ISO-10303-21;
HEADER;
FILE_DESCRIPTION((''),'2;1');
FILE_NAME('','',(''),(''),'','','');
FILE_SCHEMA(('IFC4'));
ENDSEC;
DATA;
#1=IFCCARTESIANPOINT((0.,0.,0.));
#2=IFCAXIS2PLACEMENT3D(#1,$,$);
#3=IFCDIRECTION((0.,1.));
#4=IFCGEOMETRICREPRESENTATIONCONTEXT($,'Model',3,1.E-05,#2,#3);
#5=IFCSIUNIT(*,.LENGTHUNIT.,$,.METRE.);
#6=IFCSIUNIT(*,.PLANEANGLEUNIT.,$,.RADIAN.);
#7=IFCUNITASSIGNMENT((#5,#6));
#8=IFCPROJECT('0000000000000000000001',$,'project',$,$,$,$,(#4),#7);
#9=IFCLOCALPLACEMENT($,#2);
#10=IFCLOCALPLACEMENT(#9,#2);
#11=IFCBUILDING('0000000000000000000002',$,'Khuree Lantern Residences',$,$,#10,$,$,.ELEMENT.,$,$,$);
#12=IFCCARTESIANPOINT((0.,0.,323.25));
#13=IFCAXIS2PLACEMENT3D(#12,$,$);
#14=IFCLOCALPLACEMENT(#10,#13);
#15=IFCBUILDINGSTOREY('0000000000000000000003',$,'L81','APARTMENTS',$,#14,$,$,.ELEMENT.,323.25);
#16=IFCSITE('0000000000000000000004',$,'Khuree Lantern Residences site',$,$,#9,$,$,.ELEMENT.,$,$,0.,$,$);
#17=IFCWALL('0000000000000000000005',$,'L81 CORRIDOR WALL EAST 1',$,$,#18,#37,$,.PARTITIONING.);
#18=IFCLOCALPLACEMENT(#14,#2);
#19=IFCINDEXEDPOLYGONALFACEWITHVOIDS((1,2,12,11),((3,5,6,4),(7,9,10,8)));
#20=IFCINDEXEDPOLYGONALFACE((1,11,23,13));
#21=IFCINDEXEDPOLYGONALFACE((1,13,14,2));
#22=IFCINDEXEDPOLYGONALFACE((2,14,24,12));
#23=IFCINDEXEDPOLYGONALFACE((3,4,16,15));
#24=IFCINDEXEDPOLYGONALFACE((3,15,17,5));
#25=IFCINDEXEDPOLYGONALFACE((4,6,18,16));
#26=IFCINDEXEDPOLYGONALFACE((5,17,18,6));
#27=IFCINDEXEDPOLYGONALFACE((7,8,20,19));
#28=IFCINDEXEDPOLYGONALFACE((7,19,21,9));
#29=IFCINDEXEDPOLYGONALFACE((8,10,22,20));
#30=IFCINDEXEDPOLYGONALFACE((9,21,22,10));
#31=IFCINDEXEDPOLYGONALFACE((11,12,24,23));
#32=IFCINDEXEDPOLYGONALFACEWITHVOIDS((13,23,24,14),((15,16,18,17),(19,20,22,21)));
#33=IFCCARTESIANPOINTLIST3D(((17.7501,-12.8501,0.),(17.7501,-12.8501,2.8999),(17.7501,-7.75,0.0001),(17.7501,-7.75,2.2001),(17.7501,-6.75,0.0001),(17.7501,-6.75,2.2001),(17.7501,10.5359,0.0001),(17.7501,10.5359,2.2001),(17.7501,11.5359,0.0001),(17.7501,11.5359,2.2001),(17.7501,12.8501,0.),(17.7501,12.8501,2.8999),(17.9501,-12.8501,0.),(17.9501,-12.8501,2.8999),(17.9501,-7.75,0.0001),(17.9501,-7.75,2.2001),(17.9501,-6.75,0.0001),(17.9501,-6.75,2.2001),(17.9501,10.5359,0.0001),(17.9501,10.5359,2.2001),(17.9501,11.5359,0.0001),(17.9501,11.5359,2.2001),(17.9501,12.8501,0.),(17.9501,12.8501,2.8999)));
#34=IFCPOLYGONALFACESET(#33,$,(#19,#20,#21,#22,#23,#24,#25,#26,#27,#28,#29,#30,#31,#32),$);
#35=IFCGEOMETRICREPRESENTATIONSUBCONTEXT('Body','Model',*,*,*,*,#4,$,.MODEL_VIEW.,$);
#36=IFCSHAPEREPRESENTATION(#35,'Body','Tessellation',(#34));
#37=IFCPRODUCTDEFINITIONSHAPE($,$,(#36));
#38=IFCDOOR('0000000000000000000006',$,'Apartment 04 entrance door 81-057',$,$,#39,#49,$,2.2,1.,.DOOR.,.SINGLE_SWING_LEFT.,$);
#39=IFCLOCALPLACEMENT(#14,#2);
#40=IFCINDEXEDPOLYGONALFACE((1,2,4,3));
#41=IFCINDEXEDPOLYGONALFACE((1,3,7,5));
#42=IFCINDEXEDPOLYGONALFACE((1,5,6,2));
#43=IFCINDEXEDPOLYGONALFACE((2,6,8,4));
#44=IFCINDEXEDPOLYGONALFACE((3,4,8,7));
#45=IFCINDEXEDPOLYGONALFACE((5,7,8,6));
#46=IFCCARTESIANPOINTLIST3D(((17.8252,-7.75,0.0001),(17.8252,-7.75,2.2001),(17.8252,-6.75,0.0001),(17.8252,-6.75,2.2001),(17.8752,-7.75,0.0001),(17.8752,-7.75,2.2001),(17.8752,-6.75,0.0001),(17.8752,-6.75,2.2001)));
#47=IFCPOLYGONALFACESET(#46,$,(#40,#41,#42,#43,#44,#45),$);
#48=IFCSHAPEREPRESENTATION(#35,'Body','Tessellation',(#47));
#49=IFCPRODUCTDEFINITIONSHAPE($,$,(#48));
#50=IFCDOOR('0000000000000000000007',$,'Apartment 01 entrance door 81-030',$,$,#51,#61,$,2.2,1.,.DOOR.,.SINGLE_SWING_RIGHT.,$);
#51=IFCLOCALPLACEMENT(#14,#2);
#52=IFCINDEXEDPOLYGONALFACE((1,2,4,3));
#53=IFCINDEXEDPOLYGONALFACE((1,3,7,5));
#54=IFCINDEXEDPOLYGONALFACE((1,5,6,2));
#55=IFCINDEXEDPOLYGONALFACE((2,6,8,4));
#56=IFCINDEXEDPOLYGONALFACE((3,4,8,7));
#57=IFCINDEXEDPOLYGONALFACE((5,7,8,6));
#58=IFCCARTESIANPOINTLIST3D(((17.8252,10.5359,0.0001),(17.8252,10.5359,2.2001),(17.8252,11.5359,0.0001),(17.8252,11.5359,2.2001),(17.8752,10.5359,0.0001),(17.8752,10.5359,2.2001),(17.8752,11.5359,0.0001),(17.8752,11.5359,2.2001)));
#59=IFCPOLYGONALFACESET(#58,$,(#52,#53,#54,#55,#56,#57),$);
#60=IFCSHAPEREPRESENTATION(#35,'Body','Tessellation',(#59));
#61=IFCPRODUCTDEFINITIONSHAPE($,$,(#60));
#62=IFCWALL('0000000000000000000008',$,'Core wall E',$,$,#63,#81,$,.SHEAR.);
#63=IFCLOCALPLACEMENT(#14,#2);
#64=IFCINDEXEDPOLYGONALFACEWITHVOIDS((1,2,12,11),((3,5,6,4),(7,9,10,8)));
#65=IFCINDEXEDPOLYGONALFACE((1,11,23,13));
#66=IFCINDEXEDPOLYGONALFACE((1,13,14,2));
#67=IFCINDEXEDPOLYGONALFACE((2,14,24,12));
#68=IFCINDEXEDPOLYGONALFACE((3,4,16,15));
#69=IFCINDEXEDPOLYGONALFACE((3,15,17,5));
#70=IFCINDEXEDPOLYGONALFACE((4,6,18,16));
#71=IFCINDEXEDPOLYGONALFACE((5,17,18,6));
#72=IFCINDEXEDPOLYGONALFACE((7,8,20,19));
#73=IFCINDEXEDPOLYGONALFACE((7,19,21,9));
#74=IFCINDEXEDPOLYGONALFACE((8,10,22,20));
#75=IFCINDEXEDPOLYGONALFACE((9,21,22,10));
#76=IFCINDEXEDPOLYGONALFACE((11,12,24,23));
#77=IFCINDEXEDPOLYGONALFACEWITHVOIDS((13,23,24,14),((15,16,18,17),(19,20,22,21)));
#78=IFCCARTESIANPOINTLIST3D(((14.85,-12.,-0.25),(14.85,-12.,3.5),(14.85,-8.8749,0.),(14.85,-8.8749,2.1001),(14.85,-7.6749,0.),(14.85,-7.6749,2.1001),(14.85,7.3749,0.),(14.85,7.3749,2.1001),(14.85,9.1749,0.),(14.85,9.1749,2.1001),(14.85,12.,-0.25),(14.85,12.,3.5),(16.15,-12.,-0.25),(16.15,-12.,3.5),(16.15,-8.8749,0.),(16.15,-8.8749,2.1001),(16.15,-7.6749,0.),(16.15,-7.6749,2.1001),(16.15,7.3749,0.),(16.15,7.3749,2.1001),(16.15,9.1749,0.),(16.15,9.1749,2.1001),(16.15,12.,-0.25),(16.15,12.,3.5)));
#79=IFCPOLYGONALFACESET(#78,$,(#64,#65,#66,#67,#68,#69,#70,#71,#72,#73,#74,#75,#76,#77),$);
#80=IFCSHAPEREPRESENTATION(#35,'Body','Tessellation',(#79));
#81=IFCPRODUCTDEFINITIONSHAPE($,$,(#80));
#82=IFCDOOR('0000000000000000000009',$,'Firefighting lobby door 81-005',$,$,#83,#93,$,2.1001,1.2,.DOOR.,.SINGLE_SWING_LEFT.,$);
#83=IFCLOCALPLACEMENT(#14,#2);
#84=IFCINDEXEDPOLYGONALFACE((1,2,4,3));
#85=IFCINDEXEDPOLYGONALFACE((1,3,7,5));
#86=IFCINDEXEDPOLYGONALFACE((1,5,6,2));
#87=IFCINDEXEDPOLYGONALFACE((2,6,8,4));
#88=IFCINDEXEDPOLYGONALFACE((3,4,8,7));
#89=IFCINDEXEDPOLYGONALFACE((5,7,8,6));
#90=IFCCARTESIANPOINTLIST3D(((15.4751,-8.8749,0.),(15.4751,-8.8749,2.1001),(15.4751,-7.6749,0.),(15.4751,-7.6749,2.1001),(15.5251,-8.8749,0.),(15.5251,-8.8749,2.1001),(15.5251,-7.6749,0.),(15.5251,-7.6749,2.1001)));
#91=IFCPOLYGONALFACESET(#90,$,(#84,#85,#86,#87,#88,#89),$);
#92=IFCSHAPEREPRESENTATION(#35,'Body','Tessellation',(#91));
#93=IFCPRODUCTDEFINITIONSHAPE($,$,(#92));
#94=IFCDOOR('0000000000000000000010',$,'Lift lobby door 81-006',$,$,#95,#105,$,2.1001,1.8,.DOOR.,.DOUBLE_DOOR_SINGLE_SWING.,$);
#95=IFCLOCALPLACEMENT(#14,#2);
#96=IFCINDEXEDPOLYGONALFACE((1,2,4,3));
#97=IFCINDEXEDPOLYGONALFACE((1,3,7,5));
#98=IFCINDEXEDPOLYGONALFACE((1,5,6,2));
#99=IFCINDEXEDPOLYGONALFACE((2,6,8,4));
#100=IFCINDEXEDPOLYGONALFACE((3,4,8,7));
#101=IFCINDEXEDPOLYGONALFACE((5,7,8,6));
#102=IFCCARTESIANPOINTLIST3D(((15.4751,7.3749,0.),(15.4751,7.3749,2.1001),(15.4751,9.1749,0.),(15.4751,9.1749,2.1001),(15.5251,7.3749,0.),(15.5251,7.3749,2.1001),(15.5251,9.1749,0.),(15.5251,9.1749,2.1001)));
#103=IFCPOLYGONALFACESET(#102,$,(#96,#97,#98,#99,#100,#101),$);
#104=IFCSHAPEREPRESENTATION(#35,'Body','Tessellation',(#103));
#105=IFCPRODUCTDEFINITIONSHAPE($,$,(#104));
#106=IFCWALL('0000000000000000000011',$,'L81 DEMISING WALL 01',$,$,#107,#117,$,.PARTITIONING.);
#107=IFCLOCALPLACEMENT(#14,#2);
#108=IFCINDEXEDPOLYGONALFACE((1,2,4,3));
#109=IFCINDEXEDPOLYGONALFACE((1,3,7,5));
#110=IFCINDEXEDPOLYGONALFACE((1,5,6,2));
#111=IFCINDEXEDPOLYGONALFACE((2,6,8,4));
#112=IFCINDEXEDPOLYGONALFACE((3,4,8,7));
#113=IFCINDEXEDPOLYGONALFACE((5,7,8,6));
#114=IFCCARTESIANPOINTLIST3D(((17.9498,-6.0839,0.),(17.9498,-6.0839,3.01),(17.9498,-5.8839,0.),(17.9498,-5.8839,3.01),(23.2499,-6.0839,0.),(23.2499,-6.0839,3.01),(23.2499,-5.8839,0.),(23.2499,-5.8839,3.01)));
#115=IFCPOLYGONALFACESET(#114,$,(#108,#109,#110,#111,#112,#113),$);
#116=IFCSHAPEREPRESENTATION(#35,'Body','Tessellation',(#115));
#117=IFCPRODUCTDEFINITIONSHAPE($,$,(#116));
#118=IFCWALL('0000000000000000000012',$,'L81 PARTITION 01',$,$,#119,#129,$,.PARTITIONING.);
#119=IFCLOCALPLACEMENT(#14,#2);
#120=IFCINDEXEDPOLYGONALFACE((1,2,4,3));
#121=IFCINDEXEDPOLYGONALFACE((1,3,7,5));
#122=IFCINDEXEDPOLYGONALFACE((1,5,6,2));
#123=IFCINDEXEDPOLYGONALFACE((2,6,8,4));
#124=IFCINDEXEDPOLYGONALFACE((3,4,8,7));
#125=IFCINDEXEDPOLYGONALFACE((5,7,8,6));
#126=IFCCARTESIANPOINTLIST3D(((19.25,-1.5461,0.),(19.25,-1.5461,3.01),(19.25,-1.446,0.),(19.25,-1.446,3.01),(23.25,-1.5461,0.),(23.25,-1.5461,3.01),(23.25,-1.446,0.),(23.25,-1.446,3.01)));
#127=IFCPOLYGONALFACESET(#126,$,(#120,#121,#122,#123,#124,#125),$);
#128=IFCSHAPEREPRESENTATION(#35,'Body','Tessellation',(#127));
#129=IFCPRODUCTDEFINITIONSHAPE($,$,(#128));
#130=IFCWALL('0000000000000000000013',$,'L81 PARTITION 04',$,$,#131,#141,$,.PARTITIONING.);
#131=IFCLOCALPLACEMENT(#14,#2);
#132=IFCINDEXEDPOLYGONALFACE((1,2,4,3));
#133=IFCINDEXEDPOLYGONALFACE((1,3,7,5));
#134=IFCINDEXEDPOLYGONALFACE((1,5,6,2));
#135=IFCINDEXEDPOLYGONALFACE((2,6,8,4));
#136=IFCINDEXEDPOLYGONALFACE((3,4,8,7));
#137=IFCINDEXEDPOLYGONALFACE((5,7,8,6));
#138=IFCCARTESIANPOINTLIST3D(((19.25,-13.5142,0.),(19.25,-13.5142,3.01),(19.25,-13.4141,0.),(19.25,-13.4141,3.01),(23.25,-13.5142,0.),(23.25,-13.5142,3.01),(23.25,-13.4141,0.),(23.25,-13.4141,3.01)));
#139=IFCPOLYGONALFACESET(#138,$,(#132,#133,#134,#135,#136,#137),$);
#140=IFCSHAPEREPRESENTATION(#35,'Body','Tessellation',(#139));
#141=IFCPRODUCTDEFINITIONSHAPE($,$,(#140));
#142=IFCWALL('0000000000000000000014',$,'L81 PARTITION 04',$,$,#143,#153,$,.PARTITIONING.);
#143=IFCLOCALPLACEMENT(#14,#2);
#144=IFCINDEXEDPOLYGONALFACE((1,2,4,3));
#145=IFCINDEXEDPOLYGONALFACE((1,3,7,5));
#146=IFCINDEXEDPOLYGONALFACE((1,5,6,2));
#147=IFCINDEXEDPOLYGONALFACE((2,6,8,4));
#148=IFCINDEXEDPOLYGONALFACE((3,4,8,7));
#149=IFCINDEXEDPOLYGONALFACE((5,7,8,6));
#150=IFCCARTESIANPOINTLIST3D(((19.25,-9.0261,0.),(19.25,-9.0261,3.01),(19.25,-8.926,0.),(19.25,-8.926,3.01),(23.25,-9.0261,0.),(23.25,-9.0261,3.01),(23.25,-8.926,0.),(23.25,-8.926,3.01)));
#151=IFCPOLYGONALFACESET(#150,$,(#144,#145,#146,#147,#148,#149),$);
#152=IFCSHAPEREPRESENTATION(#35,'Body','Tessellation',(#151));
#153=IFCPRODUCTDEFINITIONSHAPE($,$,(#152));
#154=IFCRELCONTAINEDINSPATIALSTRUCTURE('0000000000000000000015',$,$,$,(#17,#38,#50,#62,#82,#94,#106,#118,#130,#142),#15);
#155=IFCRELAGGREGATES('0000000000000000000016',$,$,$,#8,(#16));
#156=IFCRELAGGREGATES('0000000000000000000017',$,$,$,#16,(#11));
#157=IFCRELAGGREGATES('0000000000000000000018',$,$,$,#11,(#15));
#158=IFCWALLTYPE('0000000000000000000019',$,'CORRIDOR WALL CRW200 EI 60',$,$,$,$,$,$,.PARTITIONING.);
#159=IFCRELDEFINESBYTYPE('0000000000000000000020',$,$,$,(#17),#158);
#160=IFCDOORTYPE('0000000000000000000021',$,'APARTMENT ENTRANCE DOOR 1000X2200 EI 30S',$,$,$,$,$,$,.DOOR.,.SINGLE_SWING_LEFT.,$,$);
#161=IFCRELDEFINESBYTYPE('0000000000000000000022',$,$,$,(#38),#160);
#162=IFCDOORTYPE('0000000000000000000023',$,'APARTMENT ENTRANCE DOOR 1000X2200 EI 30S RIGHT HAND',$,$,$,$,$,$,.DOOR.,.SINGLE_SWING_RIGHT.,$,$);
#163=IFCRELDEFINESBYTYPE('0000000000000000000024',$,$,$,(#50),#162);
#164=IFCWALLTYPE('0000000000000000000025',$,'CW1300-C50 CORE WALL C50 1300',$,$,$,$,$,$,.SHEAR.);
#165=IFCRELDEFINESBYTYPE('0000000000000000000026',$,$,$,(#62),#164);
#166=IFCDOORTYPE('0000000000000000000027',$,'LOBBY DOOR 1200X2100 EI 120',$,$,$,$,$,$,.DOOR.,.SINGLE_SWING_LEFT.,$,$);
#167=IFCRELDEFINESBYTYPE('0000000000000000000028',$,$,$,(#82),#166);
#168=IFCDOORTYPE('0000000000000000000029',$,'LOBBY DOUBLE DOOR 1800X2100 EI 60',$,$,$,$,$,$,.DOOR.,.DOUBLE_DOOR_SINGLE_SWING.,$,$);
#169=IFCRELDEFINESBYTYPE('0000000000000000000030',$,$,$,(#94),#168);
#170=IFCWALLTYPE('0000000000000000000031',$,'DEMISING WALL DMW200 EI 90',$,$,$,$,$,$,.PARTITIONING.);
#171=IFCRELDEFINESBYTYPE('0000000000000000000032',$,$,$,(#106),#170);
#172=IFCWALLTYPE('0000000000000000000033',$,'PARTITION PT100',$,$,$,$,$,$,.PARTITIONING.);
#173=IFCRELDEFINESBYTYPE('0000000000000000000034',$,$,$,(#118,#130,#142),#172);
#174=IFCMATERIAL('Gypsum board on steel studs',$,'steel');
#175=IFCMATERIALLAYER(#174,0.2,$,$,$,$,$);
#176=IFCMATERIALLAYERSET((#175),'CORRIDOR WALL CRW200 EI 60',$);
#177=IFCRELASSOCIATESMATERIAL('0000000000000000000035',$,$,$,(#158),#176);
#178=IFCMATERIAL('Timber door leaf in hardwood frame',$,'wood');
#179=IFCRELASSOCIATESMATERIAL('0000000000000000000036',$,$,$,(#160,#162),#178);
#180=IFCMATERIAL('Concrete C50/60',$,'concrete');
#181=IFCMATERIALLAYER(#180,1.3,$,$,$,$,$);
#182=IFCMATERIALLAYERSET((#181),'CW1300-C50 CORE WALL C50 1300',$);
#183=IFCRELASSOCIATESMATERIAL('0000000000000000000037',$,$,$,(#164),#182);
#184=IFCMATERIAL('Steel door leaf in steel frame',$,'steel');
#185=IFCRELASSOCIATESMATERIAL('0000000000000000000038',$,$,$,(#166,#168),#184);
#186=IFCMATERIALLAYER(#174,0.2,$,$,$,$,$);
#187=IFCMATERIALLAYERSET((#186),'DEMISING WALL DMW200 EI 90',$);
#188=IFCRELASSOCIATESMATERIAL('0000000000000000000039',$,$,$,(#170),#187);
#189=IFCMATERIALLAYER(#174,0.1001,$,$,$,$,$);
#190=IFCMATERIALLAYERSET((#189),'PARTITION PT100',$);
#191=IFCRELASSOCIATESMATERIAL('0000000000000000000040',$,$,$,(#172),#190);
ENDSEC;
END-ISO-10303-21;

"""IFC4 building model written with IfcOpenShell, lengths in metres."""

from ifc_helpers import new_model, si_unit, direction, frame, frame_2d, origin, place, context, subcontext, project, spatial, rectangle, extrude, material, layer, layer_set, type_object, element, fill, save


model = new_model("IFC4")

# Units and contexts
model_context = context("Model", 3, precision=1e-05, world=origin(), true_north=direction((0.0, 1.0)))
body_context = subcontext(model_context, "Body", "Model", "MODEL_VIEW")
ifc_project = project(units=[si_unit("LENGTHUNIT", "METRE"), si_unit("PLANEANGLEUNIT", "RADIAN")], contexts=[model_context])

# Site, building, storey
site_placement = place(None, origin())
site = spatial("IfcSite", under=ifc_project, at=site_placement, Name="Khuree Lantern Residences site", CompositionType="ELEMENT", RefElevation=0.0)
building_placement = place(site_placement, origin())
building = spatial("IfcBuilding", under=site, at=building_placement, Name="Khuree Lantern Residences", CompositionType="ELEMENT")
storey_placement = place(building_placement, frame((0.0, 0.0, 323.25)))
storey = spatial("IfcBuildingStorey", under=building, at=storey_placement, Name="L81", Description="APARTMENTS", CompositionType="ELEMENT", Elevation=323.25)

# Shared definitions
ifc_material_1 = material(Name="Concrete C50/60", Category="concrete")

# Shared definitions
ifc_material_2 = material(Name="Gypsum board on steel studs", Category="steel")
ifc_layer_1 = layer(ifc_material_2, 0.2)
ifc_layer_set_1 = layer_set([ifc_layer_1], Name="CORRIDOR WALL CRW200 EI 60")
wall_type_1 = type_object("IfcWallType", Name="CORRIDOR WALL CRW200 EI 60", PredefinedType="PARTITIONING", material=ifc_layer_set_1)

# Walls, openings, doors
wall_1_placement = place(storey_placement, frame((17.8501, -12.8501, 0.0), z_axis=(0.0, 0.0, 1.0), x_axis=(0.0, 1.0, 0.0)))
wall_1 = element("IfcWall", 1, at=wall_1_placement, inside=storey, type_object=wall_type_1, Name="L81 CORRIDOR WALL EAST 1", PredefinedType="PARTITIONING", context=body_context, shape_type="SweptSolid", body=[
    extrude(rectangle(XDim=25.7002, YDim=0.2, at=frame_2d((12.8501, 0.0))), origin(), (0.0, 0.0, 1.0), 2.8999),
])
opening_1_placement = place(wall_1_placement, frame((23.386, 0.0, 0.0)))
opening_1 = element("IfcOpeningElement", 2, at=opening_1_placement, cuts=wall_1, PredefinedType="OPENING", context=body_context, shape_type="SweptSolid", body=[
    extrude(rectangle(XDim=1.0, YDim=2.2, at=frame_2d((0.5, 1.1001))), frame((0.0, 0.1099, 0.0), z_axis=(0.0, -1.0, 0.0), x_axis=(1.0, 0.0, 0.0)), (0.0, 0.0, 1.0), 0.22),
])
opening_2_placement = place(wall_1_placement, frame((5.1001, 0.0, 0.0)))
opening_2 = element("IfcOpeningElement", 3, at=opening_2_placement, cuts=wall_1, PredefinedType="OPENING", context=body_context, shape_type="SweptSolid", body=[
    extrude(rectangle(XDim=1.0, YDim=2.2, at=frame_2d((0.5, 1.1001))), frame((0.0, 0.1099, 0.0), z_axis=(0.0, -1.0, 0.0), x_axis=(1.0, 0.0, 0.0)), (0.0, 0.0, 1.0), 0.22),
])
ifc_material_3 = material(Name="Timber door leaf in hardwood frame", Category="wood")
door_type_1 = type_object("IfcDoorType", Name="APARTMENT ENTRANCE DOOR 1000X2200 EI 30S", OperationType="SINGLE_SWING_LEFT", PredefinedType="DOOR", material=ifc_material_3)
door_1_placement = place(opening_2_placement, origin())
door_1 = element("IfcDoor", 4, at=door_1_placement, inside=storey, type_object=door_type_1, Name="Apartment 04 entrance door 81-057", OperationType="SINGLE_SWING_LEFT", OverallHeight=2.2, OverallWidth=1.0, PredefinedType="DOOR", context=body_context, shape_type="SweptSolid", body=[
    extrude(rectangle(XDim=1.0, YDim=2.2, at=frame_2d((0.5, 1.1001))), frame((0.0, 0.0249, 0.0), z_axis=(0.0, -1.0, 0.0), x_axis=(1.0, 0.0, 0.0)), (0.0, 0.0, 1.0), 0.05),
])
fill(opening_2, door_1)
door_type_2 = type_object("IfcDoorType", Name="APARTMENT ENTRANCE DOOR 1000X2200 EI 30S RIGHT HAND", OperationType="SINGLE_SWING_RIGHT", PredefinedType="DOOR", material=ifc_material_3)
door_2_placement = place(opening_1_placement, origin())
door_2 = element("IfcDoor", 5, at=door_2_placement, inside=storey, type_object=door_type_2, Name="Apartment 01 entrance door 81-030", OperationType="SINGLE_SWING_RIGHT", OverallHeight=2.2, OverallWidth=1.0, PredefinedType="DOOR", context=body_context, shape_type="SweptSolid", body=[
    extrude(rectangle(XDim=1.0, YDim=2.2, at=frame_2d((0.5, 1.1001))), frame((0.0, 0.0249, 0.0), z_axis=(0.0, -1.0, 0.0), x_axis=(1.0, 0.0, 0.0)), (0.0, 0.0, 1.0), 0.05),
])
fill(opening_1, door_2)
ifc_layer_2 = layer(ifc_material_1, 1.3)
ifc_layer_set_2 = layer_set([ifc_layer_2], Name="CW1300-C50 CORE WALL C50 1300")
wall_type_2 = type_object("IfcWallType", Name="CW1300-C50 CORE WALL C50 1300", PredefinedType="SHEAR", material=ifc_layer_set_2)
wall_2_placement = place(storey_placement, frame((15.5, -12.0, -0.25), z_axis=(0.0, 0.0, 1.0), x_axis=(0.0, 1.0, 0.0)))
wall_2 = element("IfcWall", 6, at=wall_2_placement, inside=storey, type_object=wall_type_2, Name="Core wall E", PredefinedType="SHEAR", context=body_context, shape_type="SweptSolid", body=[
    extrude(rectangle(XDim=24.0, YDim=1.3, at=frame_2d((12.0, 0.0))), origin(), (0.0, 0.0, 1.0), 3.75),
])
opening_3_placement = place(wall_2_placement, frame((3.125, 0.0, 0.25)))
opening_3 = element("IfcOpeningElement", 7, at=opening_3_placement, cuts=wall_2, PredefinedType="OPENING", context=body_context, shape_type="SweptSolid", body=[
    extrude(rectangle(XDim=1.2, YDim=2.1001, at=frame_2d((0.6001, 1.05))), frame((0.0, 0.6602, 0.0), z_axis=(0.0, -1.0, 0.0), x_axis=(1.0, 0.0, 0.0)), (0.0, 0.0, 1.0), 1.3201),
])
opening_4_placement = place(wall_2_placement, frame((19.375, 0.0, 0.25)))
opening_4 = element("IfcOpeningElement", 8, at=opening_4_placement, cuts=wall_2, PredefinedType="OPENING", context=body_context, shape_type="SweptSolid", body=[
    extrude(rectangle(XDim=1.8, YDim=2.1001, at=frame_2d((0.8999, 1.05))), frame((0.0, 0.6602, 0.0), z_axis=(0.0, -1.0, 0.0), x_axis=(1.0, 0.0, 0.0)), (0.0, 0.0, 1.0), 1.3201),
])
ifc_material_4 = material(Name="Steel door leaf in steel frame", Category="steel")
door_type_3 = type_object("IfcDoorType", Name="LOBBY DOOR 1200X2100 EI 120", OperationType="SINGLE_SWING_LEFT", PredefinedType="DOOR", material=ifc_material_4)
door_3_placement = place(opening_3_placement, origin())
door_3 = element("IfcDoor", 9, at=door_3_placement, inside=storey, type_object=door_type_3, Name="Firefighting lobby door 81-005", OperationType="SINGLE_SWING_LEFT", OverallHeight=2.1001, OverallWidth=1.2, PredefinedType="DOOR", context=body_context, shape_type="SweptSolid", body=[
    extrude(rectangle(XDim=1.2, YDim=2.1001, at=frame_2d((0.6001, 1.05))), frame((0.0, 0.0249, 0.0), z_axis=(0.0, -1.0, 0.0), x_axis=(1.0, 0.0, 0.0)), (0.0, 0.0, 1.0), 0.05),
])
fill(opening_3, door_3)
door_type_4 = type_object("IfcDoorType", Name="LOBBY DOUBLE DOOR 1800X2100 EI 60", OperationType="DOUBLE_DOOR_SINGLE_SWING", PredefinedType="DOOR", material=ifc_material_4)
door_4_placement = place(opening_4_placement, origin())
door_4 = element("IfcDoor", 10, at=door_4_placement, inside=storey, type_object=door_type_4, Name="Lift lobby door 81-006", OperationType="DOUBLE_DOOR_SINGLE_SWING", OverallHeight=2.1001, OverallWidth=1.8, PredefinedType="DOOR", context=body_context, shape_type="SweptSolid", body=[
    extrude(rectangle(XDim=1.8, YDim=2.1001, at=frame_2d((0.8999, 1.05))), frame((0.0, 0.0249, 0.0), z_axis=(0.0, -1.0, 0.0), x_axis=(1.0, 0.0, 0.0)), (0.0, 0.0, 1.0), 0.05),
])
fill(opening_4, door_4)

# Walls
ifc_layer_3 = layer(ifc_material_2, 0.2)
ifc_layer_set_3 = layer_set([ifc_layer_3], Name="DEMISING WALL DMW200 EI 90")
wall_type_3 = type_object("IfcWallType", Name="DEMISING WALL DMW200 EI 90", PredefinedType="PARTITIONING", material=ifc_layer_set_3)
wall_3_placement = place(storey_placement, frame((17.95, -5.9839, 0.0), z_axis=(0.0, 0.0, 1.0), x_axis=(1.0, 0.0, 0.0)))
element("IfcWall", 11, at=wall_3_placement, inside=storey, type_object=wall_type_3, Name="L81 DEMISING WALL 01", PredefinedType="PARTITIONING", context=body_context, shape_type="SweptSolid", body=[
    extrude(rectangle(XDim=5.3, YDim=0.2, at=frame_2d((2.6499, 0.0))), origin(), (0.0, 0.0, 1.0), 3.01),
])
ifc_layer_4 = layer(ifc_material_2, 0.1001)
ifc_layer_set_4 = layer_set([ifc_layer_4], Name="PARTITION PT100")
wall_type_4 = type_object("IfcWallType", Name="PARTITION PT100", PredefinedType="PARTITIONING", material=ifc_layer_set_4)
for number, where, z_axis, x_axis, name in (
    (12, (19.25, -1.4961, 0.0), (0.0, 0.0, 1.0), (1.0, 0.0, 0.0), "L81 PARTITION 01"),
    (13, (19.25, -13.4641, 0.0), (0.0, 0.0, 1.0), (1.0, 0.0, 0.0), "L81 PARTITION 04"),
    (14, (19.25, -8.9761, 0.0), (0.0, 0.0, 1.0), (1.0, 0.0, 0.0), "L81 PARTITION 04"),
):
    element("IfcWall", number, at=place(storey_placement, frame(where, z_axis=z_axis, x_axis=x_axis)), inside=storey, type_object=wall_type_4, Name=name, PredefinedType="PARTITIONING", context=body_context, shape_type="SweptSolid", body=[
        extrude(rectangle(XDim=4.0, YDim=0.1001, at=frame_2d((2.0, 0.0))), origin(), (0.0, 0.0, 1.0), 3.01),
    ])

save(model, "model.ifc")
